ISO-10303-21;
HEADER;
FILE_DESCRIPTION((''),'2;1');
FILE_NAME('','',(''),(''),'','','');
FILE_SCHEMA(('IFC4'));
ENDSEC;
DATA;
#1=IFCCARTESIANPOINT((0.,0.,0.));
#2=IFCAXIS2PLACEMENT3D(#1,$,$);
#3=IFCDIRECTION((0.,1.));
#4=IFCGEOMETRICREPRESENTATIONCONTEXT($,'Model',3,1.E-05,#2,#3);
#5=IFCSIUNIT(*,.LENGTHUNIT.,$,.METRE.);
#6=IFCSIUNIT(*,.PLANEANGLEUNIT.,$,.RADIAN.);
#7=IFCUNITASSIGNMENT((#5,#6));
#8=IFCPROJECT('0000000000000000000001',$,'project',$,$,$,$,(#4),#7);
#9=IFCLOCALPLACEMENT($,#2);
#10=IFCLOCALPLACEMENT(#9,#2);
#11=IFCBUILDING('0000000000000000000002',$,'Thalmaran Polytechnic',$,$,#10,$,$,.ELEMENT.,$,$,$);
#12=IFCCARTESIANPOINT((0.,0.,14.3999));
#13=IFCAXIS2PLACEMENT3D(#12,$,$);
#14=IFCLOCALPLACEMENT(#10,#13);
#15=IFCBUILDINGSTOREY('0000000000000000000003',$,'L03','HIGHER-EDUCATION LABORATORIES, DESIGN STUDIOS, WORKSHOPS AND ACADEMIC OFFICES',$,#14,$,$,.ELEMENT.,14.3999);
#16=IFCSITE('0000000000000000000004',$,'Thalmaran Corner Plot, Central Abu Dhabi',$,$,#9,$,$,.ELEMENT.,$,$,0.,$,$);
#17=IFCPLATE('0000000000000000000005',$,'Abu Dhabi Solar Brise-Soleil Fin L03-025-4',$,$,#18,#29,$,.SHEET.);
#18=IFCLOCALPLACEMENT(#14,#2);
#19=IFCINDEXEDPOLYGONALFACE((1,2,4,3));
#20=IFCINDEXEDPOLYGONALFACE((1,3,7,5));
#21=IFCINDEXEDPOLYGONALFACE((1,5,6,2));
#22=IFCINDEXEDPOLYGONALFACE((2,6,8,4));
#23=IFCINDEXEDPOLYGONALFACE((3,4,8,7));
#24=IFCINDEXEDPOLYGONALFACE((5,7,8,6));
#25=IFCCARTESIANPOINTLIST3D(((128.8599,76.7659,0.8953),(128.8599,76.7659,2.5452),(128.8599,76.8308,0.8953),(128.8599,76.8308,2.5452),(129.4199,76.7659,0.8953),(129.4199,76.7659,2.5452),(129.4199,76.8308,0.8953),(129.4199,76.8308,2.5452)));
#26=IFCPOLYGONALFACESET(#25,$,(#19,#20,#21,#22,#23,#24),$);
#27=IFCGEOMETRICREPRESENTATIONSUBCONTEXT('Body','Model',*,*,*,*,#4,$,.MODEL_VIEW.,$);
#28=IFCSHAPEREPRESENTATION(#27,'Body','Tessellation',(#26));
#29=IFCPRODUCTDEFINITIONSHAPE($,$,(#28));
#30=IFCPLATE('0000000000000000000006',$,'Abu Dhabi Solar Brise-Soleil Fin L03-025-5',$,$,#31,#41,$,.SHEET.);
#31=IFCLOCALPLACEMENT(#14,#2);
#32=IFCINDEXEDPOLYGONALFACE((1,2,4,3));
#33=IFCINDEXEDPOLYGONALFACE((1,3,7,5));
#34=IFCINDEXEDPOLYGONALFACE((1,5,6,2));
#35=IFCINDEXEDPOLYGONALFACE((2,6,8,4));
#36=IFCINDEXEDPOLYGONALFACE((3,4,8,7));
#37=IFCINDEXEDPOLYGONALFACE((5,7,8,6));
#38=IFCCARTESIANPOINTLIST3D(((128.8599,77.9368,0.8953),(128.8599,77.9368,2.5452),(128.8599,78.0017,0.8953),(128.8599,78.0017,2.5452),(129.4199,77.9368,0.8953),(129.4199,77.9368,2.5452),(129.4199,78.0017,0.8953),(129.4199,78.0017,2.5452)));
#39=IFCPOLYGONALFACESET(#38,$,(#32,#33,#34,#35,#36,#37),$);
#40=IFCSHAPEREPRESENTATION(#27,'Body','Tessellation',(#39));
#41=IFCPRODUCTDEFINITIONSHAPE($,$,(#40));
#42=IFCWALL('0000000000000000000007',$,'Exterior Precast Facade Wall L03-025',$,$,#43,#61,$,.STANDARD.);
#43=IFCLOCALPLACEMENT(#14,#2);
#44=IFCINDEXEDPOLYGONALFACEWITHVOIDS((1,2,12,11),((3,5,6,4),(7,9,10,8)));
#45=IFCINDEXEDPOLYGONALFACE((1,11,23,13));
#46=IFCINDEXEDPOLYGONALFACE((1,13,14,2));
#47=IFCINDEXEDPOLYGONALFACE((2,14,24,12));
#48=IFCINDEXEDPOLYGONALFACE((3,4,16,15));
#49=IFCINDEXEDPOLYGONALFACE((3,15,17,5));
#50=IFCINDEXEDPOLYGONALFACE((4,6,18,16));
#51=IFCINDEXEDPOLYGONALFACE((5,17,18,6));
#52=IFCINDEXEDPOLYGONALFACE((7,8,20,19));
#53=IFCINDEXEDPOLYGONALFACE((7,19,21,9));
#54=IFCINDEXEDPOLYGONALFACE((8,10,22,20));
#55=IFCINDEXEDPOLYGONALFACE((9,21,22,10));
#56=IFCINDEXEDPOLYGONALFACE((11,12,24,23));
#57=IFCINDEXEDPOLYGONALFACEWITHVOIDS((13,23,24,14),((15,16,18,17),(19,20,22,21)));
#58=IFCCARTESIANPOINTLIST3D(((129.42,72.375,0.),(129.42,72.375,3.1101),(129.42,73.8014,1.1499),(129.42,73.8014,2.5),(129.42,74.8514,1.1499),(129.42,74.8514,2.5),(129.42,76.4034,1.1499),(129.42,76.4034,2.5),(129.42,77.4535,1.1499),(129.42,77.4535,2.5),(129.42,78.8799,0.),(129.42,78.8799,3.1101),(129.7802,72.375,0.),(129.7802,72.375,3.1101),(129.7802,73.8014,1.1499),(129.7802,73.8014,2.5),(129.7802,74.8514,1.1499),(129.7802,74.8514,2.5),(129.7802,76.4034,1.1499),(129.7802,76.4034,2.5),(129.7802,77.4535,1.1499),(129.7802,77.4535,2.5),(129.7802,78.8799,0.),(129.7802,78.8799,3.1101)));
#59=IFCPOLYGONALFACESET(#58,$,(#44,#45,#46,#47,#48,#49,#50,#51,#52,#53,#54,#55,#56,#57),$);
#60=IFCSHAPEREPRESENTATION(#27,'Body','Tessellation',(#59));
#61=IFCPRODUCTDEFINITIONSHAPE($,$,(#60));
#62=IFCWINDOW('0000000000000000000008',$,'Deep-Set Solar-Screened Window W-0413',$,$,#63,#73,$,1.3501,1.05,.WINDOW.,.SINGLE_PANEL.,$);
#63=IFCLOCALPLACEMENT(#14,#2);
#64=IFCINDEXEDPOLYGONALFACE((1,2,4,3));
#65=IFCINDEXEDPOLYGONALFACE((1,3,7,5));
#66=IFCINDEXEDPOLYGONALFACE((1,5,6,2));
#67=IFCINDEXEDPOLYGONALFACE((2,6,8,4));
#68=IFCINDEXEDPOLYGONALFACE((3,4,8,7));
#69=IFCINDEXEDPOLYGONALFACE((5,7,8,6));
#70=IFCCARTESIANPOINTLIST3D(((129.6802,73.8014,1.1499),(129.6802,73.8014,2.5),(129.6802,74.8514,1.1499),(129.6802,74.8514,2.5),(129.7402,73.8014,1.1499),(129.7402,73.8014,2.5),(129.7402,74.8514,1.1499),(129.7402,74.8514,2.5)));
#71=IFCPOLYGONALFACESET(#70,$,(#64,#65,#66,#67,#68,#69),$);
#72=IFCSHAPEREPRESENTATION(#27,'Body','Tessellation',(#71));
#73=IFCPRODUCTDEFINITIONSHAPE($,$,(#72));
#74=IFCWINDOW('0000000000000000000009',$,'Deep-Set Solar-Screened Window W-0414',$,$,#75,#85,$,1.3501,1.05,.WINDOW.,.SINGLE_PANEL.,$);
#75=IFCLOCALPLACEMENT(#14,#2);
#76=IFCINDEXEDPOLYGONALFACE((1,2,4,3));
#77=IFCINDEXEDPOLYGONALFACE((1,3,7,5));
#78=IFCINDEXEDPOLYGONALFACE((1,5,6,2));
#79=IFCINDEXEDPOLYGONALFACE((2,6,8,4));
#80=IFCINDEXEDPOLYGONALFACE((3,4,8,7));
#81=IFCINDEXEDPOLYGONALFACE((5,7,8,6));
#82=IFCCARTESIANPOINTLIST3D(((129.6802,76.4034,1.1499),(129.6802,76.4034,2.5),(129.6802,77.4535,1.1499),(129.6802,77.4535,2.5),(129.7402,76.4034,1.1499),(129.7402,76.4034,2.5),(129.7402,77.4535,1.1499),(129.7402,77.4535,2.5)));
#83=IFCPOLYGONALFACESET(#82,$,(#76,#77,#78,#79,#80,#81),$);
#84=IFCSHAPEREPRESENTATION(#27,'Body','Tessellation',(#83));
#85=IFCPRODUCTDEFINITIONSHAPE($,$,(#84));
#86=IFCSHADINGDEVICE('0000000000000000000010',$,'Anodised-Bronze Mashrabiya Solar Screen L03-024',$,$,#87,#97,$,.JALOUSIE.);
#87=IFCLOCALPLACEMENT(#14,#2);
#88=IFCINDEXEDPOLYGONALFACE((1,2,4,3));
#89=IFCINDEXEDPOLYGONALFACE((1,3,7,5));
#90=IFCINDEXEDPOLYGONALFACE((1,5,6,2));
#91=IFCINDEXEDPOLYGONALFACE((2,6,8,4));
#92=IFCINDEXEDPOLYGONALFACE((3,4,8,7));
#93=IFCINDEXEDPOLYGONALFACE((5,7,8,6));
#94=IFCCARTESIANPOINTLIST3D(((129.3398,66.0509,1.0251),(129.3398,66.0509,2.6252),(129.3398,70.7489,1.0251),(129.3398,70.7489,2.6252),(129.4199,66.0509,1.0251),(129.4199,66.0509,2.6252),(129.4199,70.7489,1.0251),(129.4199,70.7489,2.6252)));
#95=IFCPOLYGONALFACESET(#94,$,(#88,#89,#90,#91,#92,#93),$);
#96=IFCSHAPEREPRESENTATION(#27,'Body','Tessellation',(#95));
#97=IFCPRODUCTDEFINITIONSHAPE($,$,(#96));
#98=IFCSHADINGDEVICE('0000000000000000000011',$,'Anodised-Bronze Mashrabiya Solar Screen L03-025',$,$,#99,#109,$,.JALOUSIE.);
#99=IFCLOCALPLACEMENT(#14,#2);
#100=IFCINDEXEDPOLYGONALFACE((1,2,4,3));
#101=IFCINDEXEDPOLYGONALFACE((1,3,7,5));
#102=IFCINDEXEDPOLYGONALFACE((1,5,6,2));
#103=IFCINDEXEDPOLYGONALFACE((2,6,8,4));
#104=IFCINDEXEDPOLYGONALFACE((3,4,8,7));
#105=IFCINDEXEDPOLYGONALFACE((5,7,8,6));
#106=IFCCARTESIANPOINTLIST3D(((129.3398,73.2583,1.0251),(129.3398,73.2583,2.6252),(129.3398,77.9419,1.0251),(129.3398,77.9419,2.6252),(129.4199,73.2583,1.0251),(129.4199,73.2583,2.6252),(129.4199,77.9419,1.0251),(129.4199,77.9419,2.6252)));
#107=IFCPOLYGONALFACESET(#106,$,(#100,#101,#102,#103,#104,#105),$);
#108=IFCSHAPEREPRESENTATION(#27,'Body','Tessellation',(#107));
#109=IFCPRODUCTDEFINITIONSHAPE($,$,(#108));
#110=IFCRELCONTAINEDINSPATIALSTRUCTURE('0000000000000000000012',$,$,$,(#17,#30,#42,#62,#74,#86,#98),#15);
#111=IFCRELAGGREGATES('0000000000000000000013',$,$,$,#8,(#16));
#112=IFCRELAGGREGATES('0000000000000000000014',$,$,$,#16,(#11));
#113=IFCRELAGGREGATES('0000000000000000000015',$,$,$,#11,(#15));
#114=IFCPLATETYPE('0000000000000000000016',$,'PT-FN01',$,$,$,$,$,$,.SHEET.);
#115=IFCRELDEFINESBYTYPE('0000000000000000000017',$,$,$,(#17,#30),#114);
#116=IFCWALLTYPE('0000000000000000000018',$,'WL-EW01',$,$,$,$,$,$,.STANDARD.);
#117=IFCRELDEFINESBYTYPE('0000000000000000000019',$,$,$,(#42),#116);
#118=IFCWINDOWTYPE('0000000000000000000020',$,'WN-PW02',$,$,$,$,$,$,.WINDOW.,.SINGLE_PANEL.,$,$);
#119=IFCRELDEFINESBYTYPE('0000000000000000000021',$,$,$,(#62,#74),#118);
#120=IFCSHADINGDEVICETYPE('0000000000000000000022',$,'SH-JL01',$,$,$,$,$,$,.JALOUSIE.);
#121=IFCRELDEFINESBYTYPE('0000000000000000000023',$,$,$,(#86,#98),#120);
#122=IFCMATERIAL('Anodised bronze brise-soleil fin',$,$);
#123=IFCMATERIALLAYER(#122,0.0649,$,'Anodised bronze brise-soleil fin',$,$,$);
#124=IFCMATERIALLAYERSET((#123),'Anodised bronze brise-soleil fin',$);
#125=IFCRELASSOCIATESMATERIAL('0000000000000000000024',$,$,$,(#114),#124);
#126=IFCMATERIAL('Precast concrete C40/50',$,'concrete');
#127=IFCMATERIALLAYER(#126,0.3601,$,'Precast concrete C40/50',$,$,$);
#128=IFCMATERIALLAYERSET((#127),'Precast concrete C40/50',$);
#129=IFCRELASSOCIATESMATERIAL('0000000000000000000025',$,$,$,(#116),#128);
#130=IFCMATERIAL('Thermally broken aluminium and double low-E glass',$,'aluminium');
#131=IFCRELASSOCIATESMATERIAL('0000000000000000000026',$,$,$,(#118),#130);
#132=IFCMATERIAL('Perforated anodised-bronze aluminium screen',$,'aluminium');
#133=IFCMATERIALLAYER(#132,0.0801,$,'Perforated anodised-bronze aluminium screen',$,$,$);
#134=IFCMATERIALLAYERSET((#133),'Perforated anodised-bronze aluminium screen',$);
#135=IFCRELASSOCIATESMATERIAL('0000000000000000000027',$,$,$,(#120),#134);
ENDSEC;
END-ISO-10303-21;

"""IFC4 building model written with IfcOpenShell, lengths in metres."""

from ifc_helpers import new_model, si_unit, direction, frame, frame_2d, origin, origin_2d, place, context, subcontext, project, spatial, rectangle, extrude, material, layer, layer_set, type_object, element, fill, save


model = new_model("IFC4")

# Units and contexts
model_context = context("Model", 3, precision=1e-05, world=origin(), true_north=direction((0.0, 1.0)))
body_context = subcontext(model_context, "Body", "Model", "MODEL_VIEW")
ifc_project = project(units=[si_unit("LENGTHUNIT", "METRE"), si_unit("PLANEANGLEUNIT", "RADIAN")], contexts=[model_context])

# Site, building, storey
site_placement = place(None, origin())
site = spatial("IfcSite", under=ifc_project, at=site_placement, Name="Thalmaran Corner Plot, Central Abu Dhabi", CompositionType="ELEMENT", RefElevation=0.0)
building_placement = place(site_placement, origin())
building = spatial("IfcBuilding", under=site, at=building_placement, Name="Thalmaran Polytechnic", CompositionType="ELEMENT")
storey_placement = place(building_placement, frame((0.0, 0.0, 14.3999)))
storey = spatial("IfcBuildingStorey", under=building, at=storey_placement, Name="L03", Description="HIGHER-EDUCATION LABORATORIES, DESIGN STUDIOS, WORKSHOPS AND ACADEMIC OFFICES", CompositionType="ELEMENT", Elevation=14.3999)

# Plates
ifc_material_1 = material(Name="Anodised bronze brise-soleil fin")
ifc_layer_1 = layer(ifc_material_1, 0.0649, Name="Anodised bronze brise-soleil fin")
ifc_layer_set_1 = layer_set([ifc_layer_1], Name="Anodised bronze brise-soleil fin")
plate_type_1 = type_object("IfcPlateType", Name="PT-FN01", PredefinedType="SHEET", material=ifc_layer_set_1)
for number, where, z_axis, x_axis, name in (
    (1, (129.1399, 76.7983, 0.8953), (0.0, 0.0, 1.0), (0.0, 1.0, 0.0), "Abu Dhabi Solar Brise-Soleil Fin L03-025-4"),
    (2, (129.1399, 77.9692, 0.8953), (0.0, 0.0, 1.0), (0.0, 1.0, 0.0), "Abu Dhabi Solar Brise-Soleil Fin L03-025-5"),
):
    element("IfcPlate", number, at=place(storey_placement, frame(where, z_axis=z_axis, x_axis=x_axis)), inside=storey, type_object=plate_type_1, Name=name, PredefinedType="SHEET", context=body_context, shape_type="SweptSolid", body=[
        extrude(rectangle(XDim=0.0649, YDim=0.5601, at=origin_2d()), origin(), (0.0, 0.0, 1.0), 1.6499),
    ])

# Wall, openings, windows
ifc_material_2 = material(Name="Precast concrete C40/50", Category="concrete")
ifc_layer_2 = layer(ifc_material_2, 0.3601, Name="Precast concrete C40/50")
ifc_layer_set_2 = layer_set([ifc_layer_2], Name="Precast concrete C40/50")
wall_type = type_object("IfcWallType", Name="WL-EW01", PredefinedType="STANDARD", material=ifc_layer_set_2)
wall_placement = place(storey_placement, frame((129.6001, 72.375, 0.0), z_axis=(0.0, 0.0, 1.0), x_axis=(0.0, 1.0, 0.0)))
wall = element("IfcWall", 3, at=wall_placement, inside=storey, type_object=wall_type, Name="Exterior Precast Facade Wall L03-025", PredefinedType="STANDARD", context=body_context, shape_type="SweptSolid", body=[
    extrude(rectangle(XDim=6.5049, YDim=0.3601, at=frame_2d((3.2524, 0.0))), origin(), (0.0, 0.0, 1.0), 3.1101),
])
opening_1_placement = place(wall_placement, frame((1.4265, 0.0, 1.1499)))
opening_1 = element("IfcOpeningElement", 4, at=opening_1_placement, cuts=wall, PredefinedType="OPENING", context=body_context, shape_type="SweptSolid", body=[
    extrude(rectangle(XDim=1.05, YDim=1.3501, at=frame_2d((0.5249, 0.675))), frame((0.0, 0.1899, 0.0), z_axis=(0.0, -1.0, 0.0), x_axis=(1.0, 0.0, 0.0)), (0.0, 0.0, 1.0), 0.3801),
])
opening_2_placement = place(wall_placement, frame((4.0286, 0.0, 1.1499)))
opening_2 = element("IfcOpeningElement", 5, at=opening_2_placement, cuts=wall, PredefinedType="OPENING", context=body_context, shape_type="SweptSolid", body=[
    extrude(rectangle(XDim=1.05, YDim=1.3501, at=frame_2d((0.5249, 0.675))), frame((0.0, 0.1899, 0.0), z_axis=(0.0, -1.0, 0.0), x_axis=(1.0, 0.0, 0.0)), (0.0, 0.0, 1.0), 0.3801),
])
ifc_material_3 = material(Name="Thermally broken aluminium and double low-E glass", Category="aluminium")
window_type = type_object("IfcWindowType", Name="WN-PW02", PartitioningType="SINGLE_PANEL", PredefinedType="WINDOW", material=ifc_material_3)
window_1_placement = place(opening_1_placement, origin())
window_1 = element("IfcWindow", 6, at=window_1_placement, inside=storey, type_object=window_type, Name="Deep-Set Solar-Screened Window W-0413", OverallHeight=1.3501, OverallWidth=1.05, PartitioningType="SINGLE_PANEL", PredefinedType="WINDOW", context=body_context, shape_type="SweptSolid", body=[
    extrude(rectangle(XDim=1.05, YDim=1.3501, at=frame_2d((0.5249, 0.675))), frame((0.0, -0.0801, 0.0), z_axis=(0.0, -1.0, 0.0), x_axis=(1.0, 0.0, 0.0)), (0.0, 0.0, 1.0), 0.0601),
])
fill(opening_1, window_1)
window_2_placement = place(opening_2_placement, origin())
window_2 = element("IfcWindow", 7, at=window_2_placement, inside=storey, type_object=window_type, Name="Deep-Set Solar-Screened Window W-0414", OverallHeight=1.3501, OverallWidth=1.05, PartitioningType="SINGLE_PANEL", PredefinedType="WINDOW", context=body_context, shape_type="SweptSolid", body=[
    extrude(rectangle(XDim=1.05, YDim=1.3501, at=frame_2d((0.5249, 0.675))), frame((0.0, -0.0801, 0.0), z_axis=(0.0, -1.0, 0.0), x_axis=(1.0, 0.0, 0.0)), (0.0, 0.0, 1.0), 0.0601),
])
fill(opening_2, window_2)

# Shading devices
ifc_material_4 = material(Name="Perforated anodised-bronze aluminium screen", Category="aluminium")
ifc_layer_3 = layer(ifc_material_4, 0.0801, Name="Perforated anodised-bronze aluminium screen")
ifc_layer_set_3 = layer_set([ifc_layer_3], Name="Perforated anodised-bronze aluminium screen")
shading_device_type = type_object("IfcShadingDeviceType", Name="SH-JL01", PredefinedType="JALOUSIE", material=ifc_layer_set_3)
shading_device_1_placement = place(storey_placement, frame((129.3799, 68.3999, 1.0251), z_axis=(0.0, 0.0, 1.0), x_axis=(0.0, 1.0, 0.0)))
element("IfcShadingDevice", 8, at=shading_device_1_placement, inside=storey, type_object=shading_device_type, Name="Anodised-Bronze Mashrabiya Solar Screen L03-024", PredefinedType="JALOUSIE", context=body_context, shape_type="SweptSolid", body=[
    extrude(rectangle(XDim=4.698, YDim=0.0801, at=origin_2d()), origin(), (0.0, 0.0, 1.0), 1.6001),
])
shading_device_2_placement = place(storey_placement, frame((129.3799, 75.6001, 1.0251), z_axis=(0.0, 0.0, 1.0), x_axis=(0.0, 1.0, 0.0)))
element("IfcShadingDevice", 9, at=shading_device_2_placement, inside=storey, type_object=shading_device_type, Name="Anodised-Bronze Mashrabiya Solar Screen L03-025", PredefinedType="JALOUSIE", context=body_context, shape_type="SweptSolid", body=[
    extrude(rectangle(XDim=4.6836, YDim=0.0801, at=origin_2d()), origin(), (0.0, 0.0, 1.0), 1.6001),
])

save(model, "model.ifc")
